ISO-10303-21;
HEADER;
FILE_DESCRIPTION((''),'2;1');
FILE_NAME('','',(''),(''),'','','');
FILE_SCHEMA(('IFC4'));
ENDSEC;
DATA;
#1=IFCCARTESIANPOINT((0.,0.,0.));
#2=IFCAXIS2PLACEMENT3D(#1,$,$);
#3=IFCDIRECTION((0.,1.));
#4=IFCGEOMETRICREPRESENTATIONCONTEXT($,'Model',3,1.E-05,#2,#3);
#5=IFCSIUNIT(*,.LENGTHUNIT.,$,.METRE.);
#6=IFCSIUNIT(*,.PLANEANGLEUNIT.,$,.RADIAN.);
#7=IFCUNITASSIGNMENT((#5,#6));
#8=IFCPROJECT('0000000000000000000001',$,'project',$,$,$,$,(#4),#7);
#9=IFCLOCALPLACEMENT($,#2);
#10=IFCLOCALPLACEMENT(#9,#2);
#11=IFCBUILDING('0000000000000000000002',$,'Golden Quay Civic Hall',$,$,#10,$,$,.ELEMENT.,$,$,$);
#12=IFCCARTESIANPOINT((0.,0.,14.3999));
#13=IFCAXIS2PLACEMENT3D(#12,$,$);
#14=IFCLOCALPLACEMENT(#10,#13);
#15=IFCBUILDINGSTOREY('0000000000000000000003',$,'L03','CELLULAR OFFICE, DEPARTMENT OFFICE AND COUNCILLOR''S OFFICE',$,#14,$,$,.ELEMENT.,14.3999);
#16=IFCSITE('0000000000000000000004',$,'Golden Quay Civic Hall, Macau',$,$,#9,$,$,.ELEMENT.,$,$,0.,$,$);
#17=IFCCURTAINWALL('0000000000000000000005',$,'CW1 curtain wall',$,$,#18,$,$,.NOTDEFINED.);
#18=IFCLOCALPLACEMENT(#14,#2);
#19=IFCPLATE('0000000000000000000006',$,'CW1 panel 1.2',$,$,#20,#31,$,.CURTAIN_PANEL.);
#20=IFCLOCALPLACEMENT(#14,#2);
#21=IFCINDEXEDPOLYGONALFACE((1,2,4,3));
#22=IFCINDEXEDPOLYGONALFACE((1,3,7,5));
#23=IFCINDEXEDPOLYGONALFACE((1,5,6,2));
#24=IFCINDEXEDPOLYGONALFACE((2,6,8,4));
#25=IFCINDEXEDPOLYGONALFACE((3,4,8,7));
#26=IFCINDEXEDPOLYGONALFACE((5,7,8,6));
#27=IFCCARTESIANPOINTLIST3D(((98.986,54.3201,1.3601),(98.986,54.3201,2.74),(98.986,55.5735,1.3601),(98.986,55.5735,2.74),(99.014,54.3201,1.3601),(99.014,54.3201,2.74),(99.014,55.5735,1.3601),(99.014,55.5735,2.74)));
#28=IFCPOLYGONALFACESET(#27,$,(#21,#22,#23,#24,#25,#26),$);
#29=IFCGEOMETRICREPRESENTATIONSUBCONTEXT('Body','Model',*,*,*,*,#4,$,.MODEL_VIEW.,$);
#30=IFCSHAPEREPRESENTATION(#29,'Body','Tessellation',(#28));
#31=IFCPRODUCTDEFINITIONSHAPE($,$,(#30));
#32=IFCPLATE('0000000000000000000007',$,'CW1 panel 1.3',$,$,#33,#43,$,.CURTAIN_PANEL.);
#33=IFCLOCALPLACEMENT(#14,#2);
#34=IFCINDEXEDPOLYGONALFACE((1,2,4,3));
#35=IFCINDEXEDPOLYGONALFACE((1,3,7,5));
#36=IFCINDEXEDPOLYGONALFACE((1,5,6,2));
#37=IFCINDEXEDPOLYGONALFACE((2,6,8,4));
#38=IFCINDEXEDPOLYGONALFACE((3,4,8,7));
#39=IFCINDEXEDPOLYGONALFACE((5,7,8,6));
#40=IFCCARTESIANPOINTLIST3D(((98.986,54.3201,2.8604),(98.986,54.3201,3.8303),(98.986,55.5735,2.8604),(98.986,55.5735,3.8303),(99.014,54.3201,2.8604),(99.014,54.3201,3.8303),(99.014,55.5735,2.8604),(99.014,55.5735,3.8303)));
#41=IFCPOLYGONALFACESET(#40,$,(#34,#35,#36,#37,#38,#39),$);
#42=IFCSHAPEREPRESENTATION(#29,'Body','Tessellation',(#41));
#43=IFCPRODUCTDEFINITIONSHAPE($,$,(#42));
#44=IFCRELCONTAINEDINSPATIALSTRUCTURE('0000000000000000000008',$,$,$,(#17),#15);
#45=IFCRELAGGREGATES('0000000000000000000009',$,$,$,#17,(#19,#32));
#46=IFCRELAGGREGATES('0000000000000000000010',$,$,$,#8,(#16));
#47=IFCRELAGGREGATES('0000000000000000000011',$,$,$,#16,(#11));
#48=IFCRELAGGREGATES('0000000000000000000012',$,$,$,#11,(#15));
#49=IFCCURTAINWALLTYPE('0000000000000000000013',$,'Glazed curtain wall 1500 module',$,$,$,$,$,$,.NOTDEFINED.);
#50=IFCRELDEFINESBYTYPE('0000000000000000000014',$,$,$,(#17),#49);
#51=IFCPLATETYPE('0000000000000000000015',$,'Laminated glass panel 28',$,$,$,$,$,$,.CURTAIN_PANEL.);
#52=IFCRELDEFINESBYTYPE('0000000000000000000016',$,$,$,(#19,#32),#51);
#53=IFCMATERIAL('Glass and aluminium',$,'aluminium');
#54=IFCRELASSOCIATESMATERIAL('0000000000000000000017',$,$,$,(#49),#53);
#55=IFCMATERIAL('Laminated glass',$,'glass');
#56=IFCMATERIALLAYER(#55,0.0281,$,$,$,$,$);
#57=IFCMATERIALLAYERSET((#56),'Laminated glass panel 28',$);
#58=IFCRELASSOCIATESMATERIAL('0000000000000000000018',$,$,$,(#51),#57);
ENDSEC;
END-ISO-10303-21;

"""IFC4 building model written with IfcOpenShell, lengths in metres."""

from ifc_helpers import new_model, si_unit, direction, frame, origin, origin_2d, place, context, subcontext, project, spatial, rectangle, extrude, material, layer, layer_set, type_object, element, aggregate, save


model = new_model("IFC4")

# Units and contexts
model_context = context("Model", 3, precision=1e-05, world=origin(), true_north=direction((0.0, 1.0)))
body_context = subcontext(model_context, "Body", "Model", "MODEL_VIEW")
ifc_project = project(units=[si_unit("LENGTHUNIT", "METRE"), si_unit("PLANEANGLEUNIT", "RADIAN")], contexts=[model_context])

# Site, building, storey
site_placement = place(None, origin())
site = spatial("IfcSite", under=ifc_project, at=site_placement, Name="Golden Quay Civic Hall, Macau", CompositionType="ELEMENT", RefElevation=0.0)
building_placement = place(site_placement, origin())
building = spatial("IfcBuilding", under=site, at=building_placement, Name="Golden Quay Civic Hall", CompositionType="ELEMENT")
storey_placement = place(building_placement, frame((0.0, 0.0, 14.3999)))
storey = spatial("IfcBuildingStorey", under=building, at=storey_placement, Name="L03", Description="CELLULAR OFFICE, DEPARTMENT OFFICE AND COUNCILLOR'S OFFICE", CompositionType="ELEMENT", Elevation=14.3999)

# Curtain wall
ifc_material_1 = material(Name="Glass and aluminium", Category="aluminium")
curtain_wall_type_1 = type_object("IfcCurtainWallType", Name="Glazed curtain wall 1500 module", PredefinedType="NOTDEFINED", material=ifc_material_1)
curtain_wall_1_placement = place(storey_placement, origin())
curtain_wall_1 = element("IfcCurtainWall", 1, at=curtain_wall_1_placement, inside=storey, type_object=curtain_wall_type_1, Name="CW1 curtain wall", PredefinedType="NOTDEFINED")

# Plates
ifc_material_2 = material(Name="Laminated glass", Category="glass")
ifc_layer_1 = layer(ifc_material_2, 0.0281)
ifc_layer_set_1 = layer_set([ifc_layer_1], Name="Laminated glass panel 28")
plate_type_1 = type_object("IfcPlateType", Name="Laminated glass panel 28", PredefinedType="CURTAIN_PANEL", material=ifc_layer_set_1)
plate_1_placement = place(storey_placement, frame((99.0, 54.9468, 1.3601), z_axis=(0.0, 0.0, 1.0), x_axis=(0.0, 1.0, 0.0)))
plate_1 = element("IfcPlate", 2, at=plate_1_placement, type_object=plate_type_1, Name="CW1 panel 1.2", PredefinedType="CURTAIN_PANEL", context=body_context, shape_type="SweptSolid", body=[
    extrude(rectangle(XDim=1.2534, YDim=0.0281, at=origin_2d()), origin(), (0.0, 0.0, 1.0), 1.3799),
])
plate_2_placement = place(storey_placement, frame((99.0, 54.9468, 2.8604), z_axis=(0.0, 0.0, 1.0), x_axis=(0.0, 1.0, 0.0)))
plate_2 = element("IfcPlate", 3, at=plate_2_placement, type_object=plate_type_1, Name="CW1 panel 1.3", PredefinedType="CURTAIN_PANEL", context=body_context, shape_type="SweptSolid", body=[
    extrude(rectangle(XDim=1.2534, YDim=0.0281, at=origin_2d()), origin(), (0.0, 0.0, 1.0), 0.97),
])
aggregate(curtain_wall_1, [plate_1, plate_2])

save(model, "model.ifc")
